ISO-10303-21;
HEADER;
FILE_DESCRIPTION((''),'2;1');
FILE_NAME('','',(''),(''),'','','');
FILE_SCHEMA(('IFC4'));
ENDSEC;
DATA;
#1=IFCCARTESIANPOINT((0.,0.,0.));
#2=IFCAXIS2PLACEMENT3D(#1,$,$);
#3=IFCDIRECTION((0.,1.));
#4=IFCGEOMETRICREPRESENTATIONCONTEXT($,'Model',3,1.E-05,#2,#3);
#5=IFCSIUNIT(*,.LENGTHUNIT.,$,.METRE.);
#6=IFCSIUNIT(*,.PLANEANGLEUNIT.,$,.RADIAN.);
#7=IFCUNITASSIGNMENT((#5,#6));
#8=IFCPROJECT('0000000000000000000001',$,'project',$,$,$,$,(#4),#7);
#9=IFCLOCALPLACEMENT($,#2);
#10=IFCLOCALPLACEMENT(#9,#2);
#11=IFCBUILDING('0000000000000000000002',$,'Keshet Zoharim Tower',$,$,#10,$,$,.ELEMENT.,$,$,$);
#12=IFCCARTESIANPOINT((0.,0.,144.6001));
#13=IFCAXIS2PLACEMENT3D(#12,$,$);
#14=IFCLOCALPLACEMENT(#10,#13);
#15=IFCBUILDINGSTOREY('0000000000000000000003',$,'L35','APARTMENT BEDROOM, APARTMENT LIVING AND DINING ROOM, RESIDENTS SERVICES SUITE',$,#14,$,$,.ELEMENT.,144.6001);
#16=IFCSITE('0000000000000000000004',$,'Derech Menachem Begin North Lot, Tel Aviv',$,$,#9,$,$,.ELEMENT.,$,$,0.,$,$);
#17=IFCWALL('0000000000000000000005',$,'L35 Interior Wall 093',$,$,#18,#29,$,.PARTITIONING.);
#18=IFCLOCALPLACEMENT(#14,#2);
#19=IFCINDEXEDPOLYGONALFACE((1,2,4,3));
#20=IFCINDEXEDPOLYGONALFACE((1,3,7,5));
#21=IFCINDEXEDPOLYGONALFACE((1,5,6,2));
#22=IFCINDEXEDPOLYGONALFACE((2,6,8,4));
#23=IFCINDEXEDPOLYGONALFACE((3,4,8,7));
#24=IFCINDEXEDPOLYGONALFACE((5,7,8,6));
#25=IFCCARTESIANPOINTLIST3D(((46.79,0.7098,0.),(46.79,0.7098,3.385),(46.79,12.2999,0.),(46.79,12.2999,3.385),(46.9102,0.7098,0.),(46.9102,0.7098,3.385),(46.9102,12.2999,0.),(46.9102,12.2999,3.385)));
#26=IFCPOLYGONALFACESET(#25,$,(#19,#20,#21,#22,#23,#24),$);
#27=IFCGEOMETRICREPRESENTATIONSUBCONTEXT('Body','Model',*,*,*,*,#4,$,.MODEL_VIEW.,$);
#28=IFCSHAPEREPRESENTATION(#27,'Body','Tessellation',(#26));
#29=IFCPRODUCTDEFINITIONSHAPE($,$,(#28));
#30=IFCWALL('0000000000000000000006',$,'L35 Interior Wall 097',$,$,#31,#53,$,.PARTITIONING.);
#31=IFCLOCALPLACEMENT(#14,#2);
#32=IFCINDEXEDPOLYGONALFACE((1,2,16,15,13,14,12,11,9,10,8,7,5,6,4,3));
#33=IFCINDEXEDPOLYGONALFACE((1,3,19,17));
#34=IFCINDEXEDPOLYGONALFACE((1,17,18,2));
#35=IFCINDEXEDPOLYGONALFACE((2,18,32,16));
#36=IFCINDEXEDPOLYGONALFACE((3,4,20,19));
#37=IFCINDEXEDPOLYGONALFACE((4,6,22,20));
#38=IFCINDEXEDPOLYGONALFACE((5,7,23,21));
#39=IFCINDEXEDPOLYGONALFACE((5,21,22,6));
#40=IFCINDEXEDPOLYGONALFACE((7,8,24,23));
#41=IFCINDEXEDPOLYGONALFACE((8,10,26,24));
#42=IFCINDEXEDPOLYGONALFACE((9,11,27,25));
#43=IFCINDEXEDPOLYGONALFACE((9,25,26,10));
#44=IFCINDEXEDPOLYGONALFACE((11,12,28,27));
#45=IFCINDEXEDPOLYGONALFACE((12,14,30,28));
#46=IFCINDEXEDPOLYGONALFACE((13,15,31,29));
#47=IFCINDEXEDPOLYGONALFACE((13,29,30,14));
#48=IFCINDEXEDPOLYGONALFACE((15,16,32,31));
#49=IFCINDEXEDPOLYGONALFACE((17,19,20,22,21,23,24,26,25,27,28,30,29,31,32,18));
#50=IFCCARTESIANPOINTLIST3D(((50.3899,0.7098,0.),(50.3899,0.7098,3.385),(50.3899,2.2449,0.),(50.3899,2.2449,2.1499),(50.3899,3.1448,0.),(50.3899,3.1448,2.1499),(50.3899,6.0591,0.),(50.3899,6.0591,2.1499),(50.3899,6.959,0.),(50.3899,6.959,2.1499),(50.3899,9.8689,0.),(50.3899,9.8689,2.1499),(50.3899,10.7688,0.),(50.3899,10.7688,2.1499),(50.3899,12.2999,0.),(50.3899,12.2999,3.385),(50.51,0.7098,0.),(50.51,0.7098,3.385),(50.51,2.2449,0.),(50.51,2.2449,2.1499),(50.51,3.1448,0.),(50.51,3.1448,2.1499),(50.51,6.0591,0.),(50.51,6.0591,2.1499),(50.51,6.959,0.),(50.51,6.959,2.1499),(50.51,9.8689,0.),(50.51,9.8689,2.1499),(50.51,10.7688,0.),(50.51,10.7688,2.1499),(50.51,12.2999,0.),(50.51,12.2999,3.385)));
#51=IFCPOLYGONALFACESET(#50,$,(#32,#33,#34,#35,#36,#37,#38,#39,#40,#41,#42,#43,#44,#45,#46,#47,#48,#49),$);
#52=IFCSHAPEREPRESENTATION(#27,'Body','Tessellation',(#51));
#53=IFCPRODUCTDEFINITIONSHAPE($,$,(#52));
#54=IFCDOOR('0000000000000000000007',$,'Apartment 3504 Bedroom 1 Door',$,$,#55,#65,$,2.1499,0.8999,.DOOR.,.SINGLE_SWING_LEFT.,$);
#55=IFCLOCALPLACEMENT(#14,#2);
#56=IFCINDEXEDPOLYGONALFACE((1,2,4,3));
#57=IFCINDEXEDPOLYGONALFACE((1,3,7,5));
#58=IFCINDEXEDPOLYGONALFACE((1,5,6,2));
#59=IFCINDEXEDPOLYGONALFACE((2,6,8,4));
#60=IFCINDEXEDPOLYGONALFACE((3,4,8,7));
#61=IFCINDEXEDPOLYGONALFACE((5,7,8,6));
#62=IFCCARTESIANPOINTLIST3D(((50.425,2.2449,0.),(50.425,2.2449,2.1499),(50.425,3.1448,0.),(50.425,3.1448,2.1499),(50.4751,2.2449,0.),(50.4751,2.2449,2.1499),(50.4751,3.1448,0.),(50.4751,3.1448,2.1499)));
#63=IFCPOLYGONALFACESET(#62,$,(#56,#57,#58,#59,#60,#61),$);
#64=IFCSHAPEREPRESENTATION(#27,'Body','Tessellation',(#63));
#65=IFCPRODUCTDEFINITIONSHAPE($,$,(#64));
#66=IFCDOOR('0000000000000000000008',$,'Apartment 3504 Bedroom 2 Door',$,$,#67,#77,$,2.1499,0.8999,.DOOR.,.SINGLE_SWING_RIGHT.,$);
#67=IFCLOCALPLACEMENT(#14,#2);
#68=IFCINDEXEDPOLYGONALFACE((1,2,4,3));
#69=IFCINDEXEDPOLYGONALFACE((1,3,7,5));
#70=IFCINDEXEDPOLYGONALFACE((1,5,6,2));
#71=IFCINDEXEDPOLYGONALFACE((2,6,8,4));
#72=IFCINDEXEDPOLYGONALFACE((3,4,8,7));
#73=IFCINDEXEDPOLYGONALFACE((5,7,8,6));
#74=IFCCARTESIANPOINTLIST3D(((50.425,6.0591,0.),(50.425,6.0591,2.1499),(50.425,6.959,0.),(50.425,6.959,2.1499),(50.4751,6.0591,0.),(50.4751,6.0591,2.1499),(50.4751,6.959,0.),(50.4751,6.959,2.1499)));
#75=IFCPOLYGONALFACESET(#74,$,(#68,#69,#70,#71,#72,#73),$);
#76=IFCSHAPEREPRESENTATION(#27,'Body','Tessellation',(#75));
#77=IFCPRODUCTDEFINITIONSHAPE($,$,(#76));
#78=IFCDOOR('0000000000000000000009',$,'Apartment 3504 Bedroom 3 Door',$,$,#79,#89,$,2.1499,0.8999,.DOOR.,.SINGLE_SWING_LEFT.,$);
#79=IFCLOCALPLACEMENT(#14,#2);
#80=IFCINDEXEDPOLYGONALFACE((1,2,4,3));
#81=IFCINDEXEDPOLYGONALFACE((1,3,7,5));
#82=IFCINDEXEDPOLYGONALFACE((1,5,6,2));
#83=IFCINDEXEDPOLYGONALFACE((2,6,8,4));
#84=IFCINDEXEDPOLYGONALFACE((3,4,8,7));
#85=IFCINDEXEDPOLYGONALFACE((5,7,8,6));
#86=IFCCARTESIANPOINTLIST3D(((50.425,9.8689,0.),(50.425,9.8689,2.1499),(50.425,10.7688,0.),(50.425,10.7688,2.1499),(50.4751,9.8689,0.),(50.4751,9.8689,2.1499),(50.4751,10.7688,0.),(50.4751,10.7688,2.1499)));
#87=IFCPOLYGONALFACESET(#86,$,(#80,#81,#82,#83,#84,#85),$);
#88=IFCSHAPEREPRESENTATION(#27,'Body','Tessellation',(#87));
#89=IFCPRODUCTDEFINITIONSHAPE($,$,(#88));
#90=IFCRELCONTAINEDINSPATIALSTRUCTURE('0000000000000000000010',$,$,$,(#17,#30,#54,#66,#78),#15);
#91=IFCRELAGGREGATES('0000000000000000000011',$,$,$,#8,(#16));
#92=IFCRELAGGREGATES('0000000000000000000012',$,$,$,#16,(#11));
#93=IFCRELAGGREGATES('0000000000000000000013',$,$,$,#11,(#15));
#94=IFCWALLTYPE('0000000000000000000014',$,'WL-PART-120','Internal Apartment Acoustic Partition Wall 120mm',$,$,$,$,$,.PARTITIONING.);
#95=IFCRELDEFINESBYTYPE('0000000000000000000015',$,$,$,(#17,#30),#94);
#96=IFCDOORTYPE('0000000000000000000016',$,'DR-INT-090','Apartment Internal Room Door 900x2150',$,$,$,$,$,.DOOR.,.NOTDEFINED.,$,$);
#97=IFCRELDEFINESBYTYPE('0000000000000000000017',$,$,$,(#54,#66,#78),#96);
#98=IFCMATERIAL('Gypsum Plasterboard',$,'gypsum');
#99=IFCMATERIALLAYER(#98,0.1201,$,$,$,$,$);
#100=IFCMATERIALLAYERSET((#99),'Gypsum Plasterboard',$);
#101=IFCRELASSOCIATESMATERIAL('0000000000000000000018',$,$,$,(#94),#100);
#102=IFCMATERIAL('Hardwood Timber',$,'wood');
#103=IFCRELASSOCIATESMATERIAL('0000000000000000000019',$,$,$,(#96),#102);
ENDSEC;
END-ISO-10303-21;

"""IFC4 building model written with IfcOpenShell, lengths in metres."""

from ifc_helpers import new_model, si_unit, direction, frame, frame_2d, origin, place, context, subcontext, project, spatial, rectangle, extrude, material, layer, layer_set, type_object, element, fill, save


model = new_model("IFC4")

# Units and contexts
model_context = context("Model", 3, precision=1e-05, world=origin(), true_north=direction((0.0, 1.0)))
body_context = subcontext(model_context, "Body", "Model", "MODEL_VIEW")
ifc_project = project(units=[si_unit("LENGTHUNIT", "METRE"), si_unit("PLANEANGLEUNIT", "RADIAN")], contexts=[model_context])

# Site, building, storey
site_placement = place(None, origin())
site = spatial("IfcSite", under=ifc_project, at=site_placement, Name="Derech Menachem Begin North Lot, Tel Aviv", CompositionType="ELEMENT", RefElevation=0.0)
building_placement = place(site_placement, origin())
building = spatial("IfcBuilding", under=site, at=building_placement, Name="Keshet Zoharim Tower", CompositionType="ELEMENT")
storey_placement = place(building_placement, frame((0.0, 0.0, 144.6001)))
storey = spatial("IfcBuildingStorey", under=building, at=storey_placement, Name="L35", Description="APARTMENT BEDROOM, APARTMENT LIVING AND DINING ROOM, RESIDENTS SERVICES SUITE", CompositionType="ELEMENT", Elevation=144.6001)

# Wall
ifc_material_1 = material(Name="Gypsum Plasterboard", Category="gypsum")
ifc_layer_1 = layer(ifc_material_1, 0.1201)
ifc_layer_set_1 = layer_set([ifc_layer_1], Name="Gypsum Plasterboard")
wall_type = type_object("IfcWallType", Name="WL-PART-120", Description="Internal Apartment Acoustic Partition Wall 120mm", PredefinedType="PARTITIONING", material=ifc_layer_set_1)
wall_1_placement = place(storey_placement, frame((46.8501, 0.71, 0.0), z_axis=(0.0, 0.0, 1.0), x_axis=(0.0, 1.0, 0.0)))
element("IfcWall", 1, at=wall_1_placement, inside=storey, type_object=wall_type, Name="L35 Interior Wall 093", PredefinedType="PARTITIONING", context=body_context, shape_type="SweptSolid", body=[
    extrude(rectangle(XDim=11.5901, YDim=0.1201, at=frame_2d((5.7949, 0.0))), origin(), (0.0, 0.0, 1.0), 3.385),
])

# Wall, openings, doors
wall_2_placement = place(storey_placement, frame((50.45, 0.71, 0.0), z_axis=(0.0, 0.0, 1.0), x_axis=(0.0, 1.0, 0.0)))
wall_2 = element("IfcWall", 2, at=wall_2_placement, inside=storey, type_object=wall_type, Name="L35 Interior Wall 097", PredefinedType="PARTITIONING", context=body_context, shape_type="SweptSolid", body=[
    extrude(rectangle(XDim=11.5901, YDim=0.1201, at=frame_2d((5.7949, 0.0))), origin(), (0.0, 0.0, 1.0), 3.385),
])
opening_1_placement = place(wall_2_placement, frame((1.5349, 0.0, 0.0)))
opening_1 = element("IfcOpeningElement", 3, at=opening_1_placement, cuts=wall_2, PredefinedType="OPENING", context=body_context, shape_type="SweptSolid", body=[
    extrude(rectangle(XDim=0.8999, YDim=2.1499, at=frame_2d((0.45, 1.075))), frame((0.0, 0.0701, 0.0), z_axis=(0.0, -1.0, 0.0), x_axis=(1.0, 0.0, 0.0)), (0.0, 0.0, 1.0), 0.1401),
])
opening_2_placement = place(wall_2_placement, frame((5.3491, 0.0, 0.0)))
opening_2 = element("IfcOpeningElement", 4, at=opening_2_placement, cuts=wall_2, PredefinedType="OPENING", context=body_context, shape_type="SweptSolid", body=[
    extrude(rectangle(XDim=0.8999, YDim=2.1499, at=frame_2d((0.45, 1.075))), frame((0.0, 0.0701, 0.0), z_axis=(0.0, -1.0, 0.0), x_axis=(1.0, 0.0, 0.0)), (0.0, 0.0, 1.0), 0.1401),
])
opening_3_placement = place(wall_2_placement, frame((9.1589, 0.0, 0.0)))
opening_3 = element("IfcOpeningElement", 5, at=opening_3_placement, cuts=wall_2, PredefinedType="OPENING", context=body_context, shape_type="SweptSolid", body=[
    extrude(rectangle(XDim=0.8999, YDim=2.1499, at=frame_2d((0.45, 1.075))), frame((0.0, 0.0701, 0.0), z_axis=(0.0, -1.0, 0.0), x_axis=(1.0, 0.0, 0.0)), (0.0, 0.0, 1.0), 0.1401),
])
ifc_material_2 = material(Name="Hardwood Timber", Category="wood")
door_type = type_object("IfcDoorType", Name="DR-INT-090", Description="Apartment Internal Room Door 900x2150", OperationType="NOTDEFINED", PredefinedType="DOOR", material=ifc_material_2)
door_1_placement = place(opening_1_placement, origin())
door_1 = element("IfcDoor", 6, at=door_1_placement, inside=storey, type_object=door_type, Name="Apartment 3504 Bedroom 1 Door", OperationType="SINGLE_SWING_LEFT", OverallHeight=2.1499, OverallWidth=0.8999, PredefinedType="DOOR", context=body_context, shape_type="SweptSolid", body=[
    extrude(rectangle(XDim=0.8999, YDim=2.1499, at=frame_2d((0.45, 1.075))), frame((0.0, 0.0249, 0.0), z_axis=(0.0, -1.0, 0.0), x_axis=(1.0, 0.0, 0.0)), (0.0, 0.0, 1.0), 0.05),
])
fill(opening_1, door_1)
door_2_placement = place(opening_2_placement, origin())
door_2 = element("IfcDoor", 7, at=door_2_placement, inside=storey, type_object=door_type, Name="Apartment 3504 Bedroom 2 Door", OperationType="SINGLE_SWING_RIGHT", OverallHeight=2.1499, OverallWidth=0.8999, PredefinedType="DOOR", context=body_context, shape_type="SweptSolid", body=[
    extrude(rectangle(XDim=0.8999, YDim=2.1499, at=frame_2d((0.45, 1.075))), frame((0.0, 0.0249, 0.0), z_axis=(0.0, -1.0, 0.0), x_axis=(1.0, 0.0, 0.0)), (0.0, 0.0, 1.0), 0.05),
])
fill(opening_2, door_2)
door_3_placement = place(opening_3_placement, origin())
door_3 = element("IfcDoor", 8, at=door_3_placement, inside=storey, type_object=door_type, Name="Apartment 3504 Bedroom 3 Door", OperationType="SINGLE_SWING_LEFT", OverallHeight=2.1499, OverallWidth=0.8999, PredefinedType="DOOR", context=body_context, shape_type="SweptSolid", body=[
    extrude(rectangle(XDim=0.8999, YDim=2.1499, at=frame_2d((0.45, 1.075))), frame((0.0, 0.0249, 0.0), z_axis=(0.0, -1.0, 0.0), x_axis=(1.0, 0.0, 0.0)), (0.0, 0.0, 1.0), 0.05),
])
fill(opening_3, door_3)

save(model, "model.ifc")
